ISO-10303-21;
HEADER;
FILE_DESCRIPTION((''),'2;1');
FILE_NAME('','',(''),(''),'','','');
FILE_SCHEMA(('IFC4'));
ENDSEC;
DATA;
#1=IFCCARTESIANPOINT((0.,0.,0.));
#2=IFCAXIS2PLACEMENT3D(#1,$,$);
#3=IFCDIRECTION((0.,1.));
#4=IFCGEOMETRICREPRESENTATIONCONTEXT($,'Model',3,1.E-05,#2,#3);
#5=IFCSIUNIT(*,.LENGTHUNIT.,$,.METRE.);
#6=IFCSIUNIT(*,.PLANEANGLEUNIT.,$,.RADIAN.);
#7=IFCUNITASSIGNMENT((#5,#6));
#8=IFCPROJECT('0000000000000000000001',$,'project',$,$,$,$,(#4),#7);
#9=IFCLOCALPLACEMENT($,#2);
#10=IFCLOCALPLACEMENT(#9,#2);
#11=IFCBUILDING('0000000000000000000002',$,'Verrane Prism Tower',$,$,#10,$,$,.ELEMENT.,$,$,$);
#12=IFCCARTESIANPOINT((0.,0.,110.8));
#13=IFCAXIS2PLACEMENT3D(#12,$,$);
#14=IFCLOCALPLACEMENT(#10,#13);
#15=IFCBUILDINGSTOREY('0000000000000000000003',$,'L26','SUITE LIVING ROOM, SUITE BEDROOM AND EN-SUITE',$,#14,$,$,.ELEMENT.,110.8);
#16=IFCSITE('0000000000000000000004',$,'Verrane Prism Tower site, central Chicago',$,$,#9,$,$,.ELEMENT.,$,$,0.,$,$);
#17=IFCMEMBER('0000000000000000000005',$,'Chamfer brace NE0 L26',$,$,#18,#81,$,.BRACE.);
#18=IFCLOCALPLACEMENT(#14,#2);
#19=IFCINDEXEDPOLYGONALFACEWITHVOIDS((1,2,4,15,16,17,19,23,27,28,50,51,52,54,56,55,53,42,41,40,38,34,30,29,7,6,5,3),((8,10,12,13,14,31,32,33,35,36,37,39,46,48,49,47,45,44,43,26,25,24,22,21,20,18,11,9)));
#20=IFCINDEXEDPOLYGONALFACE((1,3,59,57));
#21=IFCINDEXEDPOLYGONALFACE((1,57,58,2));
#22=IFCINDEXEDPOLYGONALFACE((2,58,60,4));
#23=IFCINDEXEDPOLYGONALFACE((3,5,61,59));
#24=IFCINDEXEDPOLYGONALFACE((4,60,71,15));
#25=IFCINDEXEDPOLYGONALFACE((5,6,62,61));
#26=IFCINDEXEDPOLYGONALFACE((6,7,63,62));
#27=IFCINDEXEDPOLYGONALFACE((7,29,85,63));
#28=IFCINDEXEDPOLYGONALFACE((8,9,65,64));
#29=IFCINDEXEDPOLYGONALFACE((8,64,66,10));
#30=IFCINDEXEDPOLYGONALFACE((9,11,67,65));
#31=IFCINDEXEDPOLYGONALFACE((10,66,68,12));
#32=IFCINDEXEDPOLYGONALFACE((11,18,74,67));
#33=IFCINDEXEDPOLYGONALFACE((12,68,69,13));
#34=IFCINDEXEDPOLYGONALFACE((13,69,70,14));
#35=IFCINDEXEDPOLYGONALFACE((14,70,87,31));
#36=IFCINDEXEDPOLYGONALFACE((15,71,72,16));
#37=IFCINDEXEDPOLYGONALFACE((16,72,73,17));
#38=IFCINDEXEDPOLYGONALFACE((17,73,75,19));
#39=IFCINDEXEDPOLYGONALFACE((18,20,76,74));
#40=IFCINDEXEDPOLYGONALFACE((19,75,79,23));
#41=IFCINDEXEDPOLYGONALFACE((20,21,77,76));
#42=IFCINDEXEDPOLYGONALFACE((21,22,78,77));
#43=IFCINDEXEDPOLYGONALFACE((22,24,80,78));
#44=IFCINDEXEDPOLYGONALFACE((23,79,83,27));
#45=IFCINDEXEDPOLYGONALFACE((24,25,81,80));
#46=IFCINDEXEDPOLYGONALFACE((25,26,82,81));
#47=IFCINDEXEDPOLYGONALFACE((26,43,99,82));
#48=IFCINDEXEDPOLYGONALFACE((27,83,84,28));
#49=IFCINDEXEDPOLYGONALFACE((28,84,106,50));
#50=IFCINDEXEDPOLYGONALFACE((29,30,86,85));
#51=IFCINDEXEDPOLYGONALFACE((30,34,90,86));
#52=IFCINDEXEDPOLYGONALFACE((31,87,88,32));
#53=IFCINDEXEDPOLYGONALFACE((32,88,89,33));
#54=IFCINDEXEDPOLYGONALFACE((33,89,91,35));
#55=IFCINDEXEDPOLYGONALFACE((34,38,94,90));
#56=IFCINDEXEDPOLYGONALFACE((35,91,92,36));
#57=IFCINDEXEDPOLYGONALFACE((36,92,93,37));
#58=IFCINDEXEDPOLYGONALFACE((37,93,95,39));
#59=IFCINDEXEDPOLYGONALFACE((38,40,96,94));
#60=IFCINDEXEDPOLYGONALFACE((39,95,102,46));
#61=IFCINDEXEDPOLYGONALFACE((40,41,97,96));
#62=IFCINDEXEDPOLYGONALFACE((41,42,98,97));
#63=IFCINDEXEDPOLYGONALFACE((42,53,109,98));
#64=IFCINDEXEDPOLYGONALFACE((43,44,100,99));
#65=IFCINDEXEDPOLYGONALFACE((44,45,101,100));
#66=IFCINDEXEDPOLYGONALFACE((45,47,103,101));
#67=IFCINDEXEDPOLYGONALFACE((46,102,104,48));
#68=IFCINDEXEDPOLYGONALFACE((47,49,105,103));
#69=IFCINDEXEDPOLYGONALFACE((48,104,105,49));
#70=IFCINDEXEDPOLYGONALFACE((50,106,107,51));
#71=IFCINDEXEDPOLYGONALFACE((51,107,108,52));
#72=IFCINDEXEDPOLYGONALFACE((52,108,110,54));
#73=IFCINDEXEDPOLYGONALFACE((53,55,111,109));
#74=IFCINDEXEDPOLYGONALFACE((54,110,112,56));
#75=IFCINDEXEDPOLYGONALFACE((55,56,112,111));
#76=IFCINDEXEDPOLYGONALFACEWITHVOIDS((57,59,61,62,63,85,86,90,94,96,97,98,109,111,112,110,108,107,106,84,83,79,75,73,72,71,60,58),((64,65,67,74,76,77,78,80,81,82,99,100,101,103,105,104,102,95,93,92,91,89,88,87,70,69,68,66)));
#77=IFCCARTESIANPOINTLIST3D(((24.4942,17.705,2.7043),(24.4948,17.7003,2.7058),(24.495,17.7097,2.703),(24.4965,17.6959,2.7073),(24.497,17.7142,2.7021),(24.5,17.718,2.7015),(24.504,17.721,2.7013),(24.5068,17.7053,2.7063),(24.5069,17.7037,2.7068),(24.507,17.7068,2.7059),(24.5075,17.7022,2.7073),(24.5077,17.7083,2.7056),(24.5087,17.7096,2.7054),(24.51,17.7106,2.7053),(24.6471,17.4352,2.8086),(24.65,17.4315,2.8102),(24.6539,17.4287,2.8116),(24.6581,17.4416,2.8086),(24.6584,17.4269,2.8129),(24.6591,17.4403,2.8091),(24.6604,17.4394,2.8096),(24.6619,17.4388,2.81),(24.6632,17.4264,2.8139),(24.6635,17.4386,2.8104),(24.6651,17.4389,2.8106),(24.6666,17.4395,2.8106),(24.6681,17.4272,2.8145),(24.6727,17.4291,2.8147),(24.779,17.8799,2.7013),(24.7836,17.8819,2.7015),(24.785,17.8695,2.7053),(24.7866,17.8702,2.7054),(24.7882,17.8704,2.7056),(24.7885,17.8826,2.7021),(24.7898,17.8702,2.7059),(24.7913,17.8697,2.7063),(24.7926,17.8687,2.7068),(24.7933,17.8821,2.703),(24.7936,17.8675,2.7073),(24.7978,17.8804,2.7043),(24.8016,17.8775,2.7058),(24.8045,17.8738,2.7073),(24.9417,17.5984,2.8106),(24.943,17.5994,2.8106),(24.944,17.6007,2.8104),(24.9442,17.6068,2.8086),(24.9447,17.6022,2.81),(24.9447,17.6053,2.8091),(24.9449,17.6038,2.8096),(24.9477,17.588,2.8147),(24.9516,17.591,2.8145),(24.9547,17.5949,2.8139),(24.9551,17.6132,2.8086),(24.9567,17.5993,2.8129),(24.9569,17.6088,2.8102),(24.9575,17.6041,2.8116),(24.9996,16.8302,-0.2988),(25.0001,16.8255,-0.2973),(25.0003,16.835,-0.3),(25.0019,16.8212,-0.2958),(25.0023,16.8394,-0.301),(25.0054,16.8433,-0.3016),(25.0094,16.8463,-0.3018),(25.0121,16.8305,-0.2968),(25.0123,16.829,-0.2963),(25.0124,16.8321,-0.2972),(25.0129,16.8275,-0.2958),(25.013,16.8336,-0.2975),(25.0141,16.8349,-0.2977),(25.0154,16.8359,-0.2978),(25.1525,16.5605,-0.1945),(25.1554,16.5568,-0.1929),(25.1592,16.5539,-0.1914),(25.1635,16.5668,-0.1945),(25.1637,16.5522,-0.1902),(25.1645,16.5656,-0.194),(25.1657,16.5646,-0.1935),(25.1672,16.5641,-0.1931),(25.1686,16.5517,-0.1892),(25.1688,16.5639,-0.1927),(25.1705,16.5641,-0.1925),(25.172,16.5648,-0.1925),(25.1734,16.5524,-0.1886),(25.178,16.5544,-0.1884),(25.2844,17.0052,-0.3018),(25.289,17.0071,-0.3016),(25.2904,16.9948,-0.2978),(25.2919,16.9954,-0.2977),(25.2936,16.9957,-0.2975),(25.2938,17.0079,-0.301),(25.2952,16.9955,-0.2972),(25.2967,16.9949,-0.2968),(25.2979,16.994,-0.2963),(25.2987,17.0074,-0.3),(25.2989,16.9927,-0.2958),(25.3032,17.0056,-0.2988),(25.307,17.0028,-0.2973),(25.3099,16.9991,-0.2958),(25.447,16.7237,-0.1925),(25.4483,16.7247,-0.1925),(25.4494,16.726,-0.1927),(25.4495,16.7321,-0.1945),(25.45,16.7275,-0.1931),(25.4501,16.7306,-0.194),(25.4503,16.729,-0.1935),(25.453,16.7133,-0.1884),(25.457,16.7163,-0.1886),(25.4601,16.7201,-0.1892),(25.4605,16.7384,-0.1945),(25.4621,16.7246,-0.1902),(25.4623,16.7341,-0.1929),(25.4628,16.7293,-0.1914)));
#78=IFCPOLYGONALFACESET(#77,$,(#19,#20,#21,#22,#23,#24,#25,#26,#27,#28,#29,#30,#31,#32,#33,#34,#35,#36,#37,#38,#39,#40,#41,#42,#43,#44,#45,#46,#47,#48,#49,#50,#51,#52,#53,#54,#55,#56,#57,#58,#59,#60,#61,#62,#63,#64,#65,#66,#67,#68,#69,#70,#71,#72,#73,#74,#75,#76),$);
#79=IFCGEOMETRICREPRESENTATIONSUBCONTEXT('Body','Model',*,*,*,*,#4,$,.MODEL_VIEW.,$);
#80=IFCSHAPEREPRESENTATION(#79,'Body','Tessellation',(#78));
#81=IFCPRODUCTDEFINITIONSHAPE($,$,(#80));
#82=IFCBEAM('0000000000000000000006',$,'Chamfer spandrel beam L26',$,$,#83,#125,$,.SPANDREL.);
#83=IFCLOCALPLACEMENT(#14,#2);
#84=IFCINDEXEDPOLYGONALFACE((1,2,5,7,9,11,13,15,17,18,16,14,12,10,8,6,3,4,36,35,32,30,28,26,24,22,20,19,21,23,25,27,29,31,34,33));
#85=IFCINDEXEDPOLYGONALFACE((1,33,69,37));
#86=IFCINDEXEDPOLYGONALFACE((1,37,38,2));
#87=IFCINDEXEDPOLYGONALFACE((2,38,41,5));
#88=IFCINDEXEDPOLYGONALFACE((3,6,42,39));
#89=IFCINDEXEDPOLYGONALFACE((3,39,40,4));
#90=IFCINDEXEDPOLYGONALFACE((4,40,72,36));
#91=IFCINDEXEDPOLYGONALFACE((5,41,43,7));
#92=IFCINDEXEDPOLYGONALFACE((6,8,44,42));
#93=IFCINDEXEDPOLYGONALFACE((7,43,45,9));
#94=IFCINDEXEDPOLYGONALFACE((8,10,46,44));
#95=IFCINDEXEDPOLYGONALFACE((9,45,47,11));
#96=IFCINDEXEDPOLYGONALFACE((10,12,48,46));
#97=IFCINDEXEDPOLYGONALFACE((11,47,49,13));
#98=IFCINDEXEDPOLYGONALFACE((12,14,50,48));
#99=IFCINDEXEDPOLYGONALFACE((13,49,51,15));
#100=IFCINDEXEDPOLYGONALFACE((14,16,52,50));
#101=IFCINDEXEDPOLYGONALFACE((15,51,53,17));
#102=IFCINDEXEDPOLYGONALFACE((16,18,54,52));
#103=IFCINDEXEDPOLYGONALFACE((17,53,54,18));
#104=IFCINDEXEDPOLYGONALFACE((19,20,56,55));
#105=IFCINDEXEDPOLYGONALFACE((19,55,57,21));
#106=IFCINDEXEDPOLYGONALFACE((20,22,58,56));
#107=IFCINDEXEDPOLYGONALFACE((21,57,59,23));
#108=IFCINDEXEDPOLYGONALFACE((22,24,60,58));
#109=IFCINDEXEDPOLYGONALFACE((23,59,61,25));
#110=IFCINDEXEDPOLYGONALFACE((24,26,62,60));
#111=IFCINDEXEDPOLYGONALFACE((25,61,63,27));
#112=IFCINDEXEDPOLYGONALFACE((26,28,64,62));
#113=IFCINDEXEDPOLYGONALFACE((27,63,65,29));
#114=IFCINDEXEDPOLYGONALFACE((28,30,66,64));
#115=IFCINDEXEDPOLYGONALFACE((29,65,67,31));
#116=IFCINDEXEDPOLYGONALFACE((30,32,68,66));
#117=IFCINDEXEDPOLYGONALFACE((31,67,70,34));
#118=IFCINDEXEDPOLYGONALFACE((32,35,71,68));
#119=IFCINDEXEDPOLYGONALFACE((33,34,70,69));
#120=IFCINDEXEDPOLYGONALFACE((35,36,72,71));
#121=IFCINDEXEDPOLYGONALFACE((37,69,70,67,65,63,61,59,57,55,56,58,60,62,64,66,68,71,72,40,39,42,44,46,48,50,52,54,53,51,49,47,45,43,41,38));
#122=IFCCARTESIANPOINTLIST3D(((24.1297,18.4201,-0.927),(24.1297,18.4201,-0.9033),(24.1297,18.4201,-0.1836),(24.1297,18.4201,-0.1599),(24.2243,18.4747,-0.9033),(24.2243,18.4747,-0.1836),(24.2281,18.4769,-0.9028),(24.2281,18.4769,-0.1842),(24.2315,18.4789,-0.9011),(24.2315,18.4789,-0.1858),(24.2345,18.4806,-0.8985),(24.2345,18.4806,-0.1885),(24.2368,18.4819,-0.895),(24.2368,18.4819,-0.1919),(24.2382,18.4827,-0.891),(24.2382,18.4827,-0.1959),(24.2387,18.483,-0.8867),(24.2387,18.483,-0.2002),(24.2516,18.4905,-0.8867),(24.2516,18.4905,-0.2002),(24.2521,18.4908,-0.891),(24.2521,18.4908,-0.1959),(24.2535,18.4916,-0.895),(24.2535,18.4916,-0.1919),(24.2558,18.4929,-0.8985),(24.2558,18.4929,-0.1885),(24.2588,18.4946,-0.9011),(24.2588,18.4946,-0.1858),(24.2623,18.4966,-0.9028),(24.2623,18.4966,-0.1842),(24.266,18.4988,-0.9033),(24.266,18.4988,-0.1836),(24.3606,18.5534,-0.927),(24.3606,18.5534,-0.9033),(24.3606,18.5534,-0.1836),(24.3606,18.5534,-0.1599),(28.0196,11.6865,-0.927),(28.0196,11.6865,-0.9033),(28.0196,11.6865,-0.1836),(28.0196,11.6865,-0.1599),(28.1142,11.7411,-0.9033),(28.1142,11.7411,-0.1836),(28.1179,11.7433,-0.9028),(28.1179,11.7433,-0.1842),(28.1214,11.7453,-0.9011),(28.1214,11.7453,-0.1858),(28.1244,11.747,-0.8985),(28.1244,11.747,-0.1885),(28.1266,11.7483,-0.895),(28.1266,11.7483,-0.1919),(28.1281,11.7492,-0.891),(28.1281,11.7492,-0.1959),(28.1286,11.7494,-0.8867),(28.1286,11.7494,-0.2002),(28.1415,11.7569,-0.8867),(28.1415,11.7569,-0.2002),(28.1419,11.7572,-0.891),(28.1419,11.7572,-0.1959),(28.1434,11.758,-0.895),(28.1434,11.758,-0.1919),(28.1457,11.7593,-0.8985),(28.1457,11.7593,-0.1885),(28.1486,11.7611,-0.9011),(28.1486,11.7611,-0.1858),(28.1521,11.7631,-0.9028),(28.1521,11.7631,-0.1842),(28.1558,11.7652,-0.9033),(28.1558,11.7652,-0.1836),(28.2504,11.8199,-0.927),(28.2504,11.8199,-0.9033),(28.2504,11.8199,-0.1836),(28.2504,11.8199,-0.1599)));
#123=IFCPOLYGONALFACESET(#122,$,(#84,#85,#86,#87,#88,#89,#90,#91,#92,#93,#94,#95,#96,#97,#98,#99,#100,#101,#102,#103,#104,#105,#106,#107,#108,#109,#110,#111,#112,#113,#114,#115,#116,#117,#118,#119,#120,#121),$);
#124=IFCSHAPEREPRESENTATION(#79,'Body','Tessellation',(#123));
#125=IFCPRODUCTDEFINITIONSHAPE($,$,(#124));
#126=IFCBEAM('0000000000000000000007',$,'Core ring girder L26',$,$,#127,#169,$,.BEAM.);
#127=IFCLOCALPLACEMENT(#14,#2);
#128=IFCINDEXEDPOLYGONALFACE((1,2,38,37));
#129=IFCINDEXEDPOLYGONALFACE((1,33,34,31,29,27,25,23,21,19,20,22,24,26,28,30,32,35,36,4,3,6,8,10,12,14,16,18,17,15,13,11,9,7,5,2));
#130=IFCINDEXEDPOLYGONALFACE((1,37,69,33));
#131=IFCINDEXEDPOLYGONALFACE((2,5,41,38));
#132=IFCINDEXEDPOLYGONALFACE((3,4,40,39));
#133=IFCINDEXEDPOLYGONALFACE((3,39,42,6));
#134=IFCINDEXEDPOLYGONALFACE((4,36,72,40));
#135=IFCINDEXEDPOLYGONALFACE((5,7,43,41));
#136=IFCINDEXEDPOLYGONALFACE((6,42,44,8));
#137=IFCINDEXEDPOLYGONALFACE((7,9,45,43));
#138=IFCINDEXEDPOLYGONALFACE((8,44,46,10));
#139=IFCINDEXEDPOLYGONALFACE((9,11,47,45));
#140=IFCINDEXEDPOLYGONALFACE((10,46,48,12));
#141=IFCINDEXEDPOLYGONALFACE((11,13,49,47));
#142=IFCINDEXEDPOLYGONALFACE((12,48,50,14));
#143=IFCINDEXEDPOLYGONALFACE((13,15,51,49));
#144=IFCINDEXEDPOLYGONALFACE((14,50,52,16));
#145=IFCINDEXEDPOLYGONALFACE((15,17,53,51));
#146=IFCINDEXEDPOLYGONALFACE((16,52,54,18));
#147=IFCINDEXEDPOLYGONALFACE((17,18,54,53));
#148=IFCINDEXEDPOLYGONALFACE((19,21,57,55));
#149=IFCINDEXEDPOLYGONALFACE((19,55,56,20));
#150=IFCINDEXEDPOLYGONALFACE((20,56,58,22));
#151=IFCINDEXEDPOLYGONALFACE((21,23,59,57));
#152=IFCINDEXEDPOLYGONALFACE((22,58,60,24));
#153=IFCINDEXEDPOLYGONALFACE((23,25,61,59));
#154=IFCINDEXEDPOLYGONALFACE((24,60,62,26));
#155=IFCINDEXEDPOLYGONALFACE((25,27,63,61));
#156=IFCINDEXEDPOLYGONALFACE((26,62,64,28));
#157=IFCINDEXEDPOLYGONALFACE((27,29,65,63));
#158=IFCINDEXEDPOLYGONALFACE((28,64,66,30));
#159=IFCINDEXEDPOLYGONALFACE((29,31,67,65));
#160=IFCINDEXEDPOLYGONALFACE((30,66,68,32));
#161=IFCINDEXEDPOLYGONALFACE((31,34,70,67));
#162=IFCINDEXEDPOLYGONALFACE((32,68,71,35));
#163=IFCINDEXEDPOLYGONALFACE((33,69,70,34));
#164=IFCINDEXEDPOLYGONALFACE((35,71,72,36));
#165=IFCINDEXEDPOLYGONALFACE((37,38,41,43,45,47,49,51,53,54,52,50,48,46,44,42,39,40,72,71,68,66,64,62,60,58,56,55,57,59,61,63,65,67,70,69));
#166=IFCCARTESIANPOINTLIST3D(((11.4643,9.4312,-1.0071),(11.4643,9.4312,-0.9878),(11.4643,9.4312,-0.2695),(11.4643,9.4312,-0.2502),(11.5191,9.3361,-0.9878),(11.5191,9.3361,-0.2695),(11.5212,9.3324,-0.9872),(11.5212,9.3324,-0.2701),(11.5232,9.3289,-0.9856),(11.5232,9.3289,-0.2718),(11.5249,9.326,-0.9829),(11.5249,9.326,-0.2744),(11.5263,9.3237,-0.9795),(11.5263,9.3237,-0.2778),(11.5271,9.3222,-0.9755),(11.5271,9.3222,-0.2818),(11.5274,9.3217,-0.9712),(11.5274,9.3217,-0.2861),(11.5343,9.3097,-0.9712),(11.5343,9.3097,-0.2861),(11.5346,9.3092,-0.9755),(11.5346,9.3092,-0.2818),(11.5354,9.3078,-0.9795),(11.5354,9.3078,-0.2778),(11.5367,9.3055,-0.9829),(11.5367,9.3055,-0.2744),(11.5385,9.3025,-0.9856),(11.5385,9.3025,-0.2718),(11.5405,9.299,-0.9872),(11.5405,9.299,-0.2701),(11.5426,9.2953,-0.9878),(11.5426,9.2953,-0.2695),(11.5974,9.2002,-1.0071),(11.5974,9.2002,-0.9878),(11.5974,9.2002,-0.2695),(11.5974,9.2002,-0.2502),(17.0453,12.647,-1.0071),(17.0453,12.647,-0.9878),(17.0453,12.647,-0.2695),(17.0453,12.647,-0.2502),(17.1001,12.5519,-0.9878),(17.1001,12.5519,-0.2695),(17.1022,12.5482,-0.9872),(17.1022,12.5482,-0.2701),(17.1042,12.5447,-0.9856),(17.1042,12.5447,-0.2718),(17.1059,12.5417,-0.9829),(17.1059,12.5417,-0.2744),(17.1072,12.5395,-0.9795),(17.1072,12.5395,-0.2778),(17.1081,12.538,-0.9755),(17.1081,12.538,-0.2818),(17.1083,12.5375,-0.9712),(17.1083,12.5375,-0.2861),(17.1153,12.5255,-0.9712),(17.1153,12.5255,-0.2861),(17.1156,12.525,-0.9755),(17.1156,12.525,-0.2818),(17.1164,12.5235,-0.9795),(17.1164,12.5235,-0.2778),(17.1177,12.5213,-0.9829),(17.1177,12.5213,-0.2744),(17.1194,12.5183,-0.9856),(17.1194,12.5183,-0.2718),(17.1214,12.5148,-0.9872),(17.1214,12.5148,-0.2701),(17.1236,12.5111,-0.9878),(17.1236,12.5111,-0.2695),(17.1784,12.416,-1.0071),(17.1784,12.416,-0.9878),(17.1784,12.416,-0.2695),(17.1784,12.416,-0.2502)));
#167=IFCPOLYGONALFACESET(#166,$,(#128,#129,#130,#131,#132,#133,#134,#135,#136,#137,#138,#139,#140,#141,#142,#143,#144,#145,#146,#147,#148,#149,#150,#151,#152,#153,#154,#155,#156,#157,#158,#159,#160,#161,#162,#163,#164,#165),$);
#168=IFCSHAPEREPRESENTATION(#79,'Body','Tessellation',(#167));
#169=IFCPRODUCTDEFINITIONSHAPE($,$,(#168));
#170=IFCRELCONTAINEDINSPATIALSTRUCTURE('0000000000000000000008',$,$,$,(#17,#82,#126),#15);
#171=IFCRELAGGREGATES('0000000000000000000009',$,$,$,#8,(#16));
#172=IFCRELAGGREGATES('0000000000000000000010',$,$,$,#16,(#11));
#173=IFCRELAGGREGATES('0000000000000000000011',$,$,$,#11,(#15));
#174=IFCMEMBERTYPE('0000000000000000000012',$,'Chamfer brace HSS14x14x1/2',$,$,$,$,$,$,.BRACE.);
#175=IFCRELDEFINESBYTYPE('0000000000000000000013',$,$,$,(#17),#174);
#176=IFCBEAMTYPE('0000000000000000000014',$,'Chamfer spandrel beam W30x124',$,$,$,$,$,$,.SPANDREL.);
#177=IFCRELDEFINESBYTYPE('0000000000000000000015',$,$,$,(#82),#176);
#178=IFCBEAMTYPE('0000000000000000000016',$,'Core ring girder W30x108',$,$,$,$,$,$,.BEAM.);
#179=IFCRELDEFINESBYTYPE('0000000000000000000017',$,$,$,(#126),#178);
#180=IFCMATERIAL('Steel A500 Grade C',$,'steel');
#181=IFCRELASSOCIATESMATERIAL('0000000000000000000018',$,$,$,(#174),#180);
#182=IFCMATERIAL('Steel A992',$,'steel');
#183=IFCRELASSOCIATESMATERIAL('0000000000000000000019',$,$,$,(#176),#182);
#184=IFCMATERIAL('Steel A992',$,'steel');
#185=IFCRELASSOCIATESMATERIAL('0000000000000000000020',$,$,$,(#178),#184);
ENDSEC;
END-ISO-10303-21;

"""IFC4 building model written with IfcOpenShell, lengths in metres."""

from ifc_helpers import new_model, si_unit, direction, frame, origin, origin_2d, place, context, subcontext, project, spatial, hollow_rectangle, i_section, extrude, material, material_profile, profile_set, type_object, element, save


model = new_model("IFC4")

# Units and contexts
model_context = context("Model", 3, precision=1e-05, world=origin(), true_north=direction((0.0, 1.0)))
body_context = subcontext(model_context, "Body", "Model", "MODEL_VIEW")
ifc_project = project(units=[si_unit("LENGTHUNIT", "METRE"), si_unit("PLANEANGLEUNIT", "RADIAN")], contexts=[model_context])

# Site, building, storey
site_placement = place(None, origin())
site = spatial("IfcSite", under=ifc_project, at=site_placement, Name="Verrane Prism Tower site, central Chicago", CompositionType="ELEMENT", RefElevation=0.0)
building_placement = place(site_placement, origin())
building = spatial("IfcBuilding", under=site, at=building_placement, Name="Verrane Prism Tower", CompositionType="ELEMENT")
storey_placement = place(building_placement, frame((0.0, 0.0, 110.8)))
storey = spatial("IfcBuildingStorey", under=building, at=storey_placement, Name="L26", Description="SUITE LIVING ROOM, SUITE BEDROOM AND EN-SUITE", CompositionType="ELEMENT", Elevation=110.8)

# Member
ifc_material_1 = material(Name="Steel A500 Grade C", Category="steel")
ifc_material_profile_1 = material_profile(ifc_material_1, hollow_rectangle(XDim=0.3557, YDim=0.3557, WallThickness=0.0127, InnerFilletRadius=0.0063, OuterFilletRadius=0.019, at=origin_2d()), Name="HSS14x14x1/2")
ifc_profile_set_1 = profile_set([ifc_material_profile_1], Name="Steel A500 Grade C")
member_type_1 = type_object("IfcMemberType", Name="Chamfer brace HSS14x14x1/2", PredefinedType="BRACE", material=ifc_profile_set_1)
member_1_placement = place(storey_placement, frame((25.2312, 16.7798, -0.2451), z_axis=(-0.159496, 0.276075, 0.94781), x_axis=(-0.865884, -0.500245, 0.0)))
element("IfcMember", 1, at=member_1_placement, inside=storey, type_object=member_type_1, Name="Chamfer brace NE0 L26", PredefinedType="BRACE", context=body_context, shape_type="SweptSolid", body=[
    extrude(hollow_rectangle(XDim=0.3557, YDim=0.3557, WallThickness=0.0127, InnerFilletRadius=0.0063, OuterFilletRadius=0.019, at=origin_2d()), origin(), (0.0, 0.0, 1.0), 3.1685),
])

# Beams
ifc_material_2 = material(Name="Steel A992", Category="steel")
ifc_material_profile_2 = material_profile(ifc_material_2, i_section(OverallWidth=0.2666, OverallDepth=0.7671, WebThickness=0.0149, FlangeThickness=0.0237, FilletRadius=0.0166, at=origin_2d()), Name="W30x124")
ifc_profile_set_2 = profile_set([ifc_material_profile_2], Name="Steel A992")
beam_type_1 = type_object("IfcBeamType", Name="Chamfer spandrel beam W30x124", PredefinedType="SPANDREL", material=ifc_profile_set_2)
beam_1_placement = place(storey_placement, frame((28.135, 11.7532, -0.5435), z_axis=(-0.500214, 0.865902, 0.0), x_axis=(-0.865902, -0.500214, 0.0)))
element("IfcBeam", 2, at=beam_1_placement, inside=storey, type_object=beam_type_1, Name="Chamfer spandrel beam L26", PredefinedType="SPANDREL", context=body_context, shape_type="SweptSolid", body=[
    extrude(i_section(OverallWidth=0.2666, OverallDepth=0.7671, WebThickness=0.0149, FlangeThickness=0.0237, FilletRadius=0.0166, at=origin_2d()), origin(), (0.0, 0.0, 1.0), 7.7764),
])
ifc_material_3 = material(Name="Steel A992", Category="steel")
ifc_material_profile_3 = material_profile(ifc_material_3, i_section(OverallWidth=0.2666, OverallDepth=0.7568, WebThickness=0.0139, FlangeThickness=0.0193, FilletRadius=0.0166, at=origin_2d()), Name="W30x108")
ifc_profile_set_3 = profile_set([ifc_material_profile_3], Name="Steel A992")
beam_type_2 = type_object("IfcBeamType", Name="Core ring girder W30x108", PredefinedType="BEAM", material=ifc_profile_set_3)
beam_2_placement = place(storey_placement, frame((17.1118, 12.5315, -0.6287), z_axis=(-0.866456, -0.499254, 0.0), x_axis=(0.499254, -0.866456, 0.0)))
element("IfcBeam", 3, at=beam_2_placement, inside=storey, type_object=beam_type_2, Name="Core ring girder L26", PredefinedType="BEAM", context=body_context, shape_type="SweptSolid", body=[
    extrude(i_section(OverallWidth=0.2666, OverallDepth=0.7568, WebThickness=0.0139, FlangeThickness=0.0193, FilletRadius=0.0166, at=origin_2d()), origin(), (0.0, 0.0, 1.0), 6.4412),
])

save(model, "model.ifc")
